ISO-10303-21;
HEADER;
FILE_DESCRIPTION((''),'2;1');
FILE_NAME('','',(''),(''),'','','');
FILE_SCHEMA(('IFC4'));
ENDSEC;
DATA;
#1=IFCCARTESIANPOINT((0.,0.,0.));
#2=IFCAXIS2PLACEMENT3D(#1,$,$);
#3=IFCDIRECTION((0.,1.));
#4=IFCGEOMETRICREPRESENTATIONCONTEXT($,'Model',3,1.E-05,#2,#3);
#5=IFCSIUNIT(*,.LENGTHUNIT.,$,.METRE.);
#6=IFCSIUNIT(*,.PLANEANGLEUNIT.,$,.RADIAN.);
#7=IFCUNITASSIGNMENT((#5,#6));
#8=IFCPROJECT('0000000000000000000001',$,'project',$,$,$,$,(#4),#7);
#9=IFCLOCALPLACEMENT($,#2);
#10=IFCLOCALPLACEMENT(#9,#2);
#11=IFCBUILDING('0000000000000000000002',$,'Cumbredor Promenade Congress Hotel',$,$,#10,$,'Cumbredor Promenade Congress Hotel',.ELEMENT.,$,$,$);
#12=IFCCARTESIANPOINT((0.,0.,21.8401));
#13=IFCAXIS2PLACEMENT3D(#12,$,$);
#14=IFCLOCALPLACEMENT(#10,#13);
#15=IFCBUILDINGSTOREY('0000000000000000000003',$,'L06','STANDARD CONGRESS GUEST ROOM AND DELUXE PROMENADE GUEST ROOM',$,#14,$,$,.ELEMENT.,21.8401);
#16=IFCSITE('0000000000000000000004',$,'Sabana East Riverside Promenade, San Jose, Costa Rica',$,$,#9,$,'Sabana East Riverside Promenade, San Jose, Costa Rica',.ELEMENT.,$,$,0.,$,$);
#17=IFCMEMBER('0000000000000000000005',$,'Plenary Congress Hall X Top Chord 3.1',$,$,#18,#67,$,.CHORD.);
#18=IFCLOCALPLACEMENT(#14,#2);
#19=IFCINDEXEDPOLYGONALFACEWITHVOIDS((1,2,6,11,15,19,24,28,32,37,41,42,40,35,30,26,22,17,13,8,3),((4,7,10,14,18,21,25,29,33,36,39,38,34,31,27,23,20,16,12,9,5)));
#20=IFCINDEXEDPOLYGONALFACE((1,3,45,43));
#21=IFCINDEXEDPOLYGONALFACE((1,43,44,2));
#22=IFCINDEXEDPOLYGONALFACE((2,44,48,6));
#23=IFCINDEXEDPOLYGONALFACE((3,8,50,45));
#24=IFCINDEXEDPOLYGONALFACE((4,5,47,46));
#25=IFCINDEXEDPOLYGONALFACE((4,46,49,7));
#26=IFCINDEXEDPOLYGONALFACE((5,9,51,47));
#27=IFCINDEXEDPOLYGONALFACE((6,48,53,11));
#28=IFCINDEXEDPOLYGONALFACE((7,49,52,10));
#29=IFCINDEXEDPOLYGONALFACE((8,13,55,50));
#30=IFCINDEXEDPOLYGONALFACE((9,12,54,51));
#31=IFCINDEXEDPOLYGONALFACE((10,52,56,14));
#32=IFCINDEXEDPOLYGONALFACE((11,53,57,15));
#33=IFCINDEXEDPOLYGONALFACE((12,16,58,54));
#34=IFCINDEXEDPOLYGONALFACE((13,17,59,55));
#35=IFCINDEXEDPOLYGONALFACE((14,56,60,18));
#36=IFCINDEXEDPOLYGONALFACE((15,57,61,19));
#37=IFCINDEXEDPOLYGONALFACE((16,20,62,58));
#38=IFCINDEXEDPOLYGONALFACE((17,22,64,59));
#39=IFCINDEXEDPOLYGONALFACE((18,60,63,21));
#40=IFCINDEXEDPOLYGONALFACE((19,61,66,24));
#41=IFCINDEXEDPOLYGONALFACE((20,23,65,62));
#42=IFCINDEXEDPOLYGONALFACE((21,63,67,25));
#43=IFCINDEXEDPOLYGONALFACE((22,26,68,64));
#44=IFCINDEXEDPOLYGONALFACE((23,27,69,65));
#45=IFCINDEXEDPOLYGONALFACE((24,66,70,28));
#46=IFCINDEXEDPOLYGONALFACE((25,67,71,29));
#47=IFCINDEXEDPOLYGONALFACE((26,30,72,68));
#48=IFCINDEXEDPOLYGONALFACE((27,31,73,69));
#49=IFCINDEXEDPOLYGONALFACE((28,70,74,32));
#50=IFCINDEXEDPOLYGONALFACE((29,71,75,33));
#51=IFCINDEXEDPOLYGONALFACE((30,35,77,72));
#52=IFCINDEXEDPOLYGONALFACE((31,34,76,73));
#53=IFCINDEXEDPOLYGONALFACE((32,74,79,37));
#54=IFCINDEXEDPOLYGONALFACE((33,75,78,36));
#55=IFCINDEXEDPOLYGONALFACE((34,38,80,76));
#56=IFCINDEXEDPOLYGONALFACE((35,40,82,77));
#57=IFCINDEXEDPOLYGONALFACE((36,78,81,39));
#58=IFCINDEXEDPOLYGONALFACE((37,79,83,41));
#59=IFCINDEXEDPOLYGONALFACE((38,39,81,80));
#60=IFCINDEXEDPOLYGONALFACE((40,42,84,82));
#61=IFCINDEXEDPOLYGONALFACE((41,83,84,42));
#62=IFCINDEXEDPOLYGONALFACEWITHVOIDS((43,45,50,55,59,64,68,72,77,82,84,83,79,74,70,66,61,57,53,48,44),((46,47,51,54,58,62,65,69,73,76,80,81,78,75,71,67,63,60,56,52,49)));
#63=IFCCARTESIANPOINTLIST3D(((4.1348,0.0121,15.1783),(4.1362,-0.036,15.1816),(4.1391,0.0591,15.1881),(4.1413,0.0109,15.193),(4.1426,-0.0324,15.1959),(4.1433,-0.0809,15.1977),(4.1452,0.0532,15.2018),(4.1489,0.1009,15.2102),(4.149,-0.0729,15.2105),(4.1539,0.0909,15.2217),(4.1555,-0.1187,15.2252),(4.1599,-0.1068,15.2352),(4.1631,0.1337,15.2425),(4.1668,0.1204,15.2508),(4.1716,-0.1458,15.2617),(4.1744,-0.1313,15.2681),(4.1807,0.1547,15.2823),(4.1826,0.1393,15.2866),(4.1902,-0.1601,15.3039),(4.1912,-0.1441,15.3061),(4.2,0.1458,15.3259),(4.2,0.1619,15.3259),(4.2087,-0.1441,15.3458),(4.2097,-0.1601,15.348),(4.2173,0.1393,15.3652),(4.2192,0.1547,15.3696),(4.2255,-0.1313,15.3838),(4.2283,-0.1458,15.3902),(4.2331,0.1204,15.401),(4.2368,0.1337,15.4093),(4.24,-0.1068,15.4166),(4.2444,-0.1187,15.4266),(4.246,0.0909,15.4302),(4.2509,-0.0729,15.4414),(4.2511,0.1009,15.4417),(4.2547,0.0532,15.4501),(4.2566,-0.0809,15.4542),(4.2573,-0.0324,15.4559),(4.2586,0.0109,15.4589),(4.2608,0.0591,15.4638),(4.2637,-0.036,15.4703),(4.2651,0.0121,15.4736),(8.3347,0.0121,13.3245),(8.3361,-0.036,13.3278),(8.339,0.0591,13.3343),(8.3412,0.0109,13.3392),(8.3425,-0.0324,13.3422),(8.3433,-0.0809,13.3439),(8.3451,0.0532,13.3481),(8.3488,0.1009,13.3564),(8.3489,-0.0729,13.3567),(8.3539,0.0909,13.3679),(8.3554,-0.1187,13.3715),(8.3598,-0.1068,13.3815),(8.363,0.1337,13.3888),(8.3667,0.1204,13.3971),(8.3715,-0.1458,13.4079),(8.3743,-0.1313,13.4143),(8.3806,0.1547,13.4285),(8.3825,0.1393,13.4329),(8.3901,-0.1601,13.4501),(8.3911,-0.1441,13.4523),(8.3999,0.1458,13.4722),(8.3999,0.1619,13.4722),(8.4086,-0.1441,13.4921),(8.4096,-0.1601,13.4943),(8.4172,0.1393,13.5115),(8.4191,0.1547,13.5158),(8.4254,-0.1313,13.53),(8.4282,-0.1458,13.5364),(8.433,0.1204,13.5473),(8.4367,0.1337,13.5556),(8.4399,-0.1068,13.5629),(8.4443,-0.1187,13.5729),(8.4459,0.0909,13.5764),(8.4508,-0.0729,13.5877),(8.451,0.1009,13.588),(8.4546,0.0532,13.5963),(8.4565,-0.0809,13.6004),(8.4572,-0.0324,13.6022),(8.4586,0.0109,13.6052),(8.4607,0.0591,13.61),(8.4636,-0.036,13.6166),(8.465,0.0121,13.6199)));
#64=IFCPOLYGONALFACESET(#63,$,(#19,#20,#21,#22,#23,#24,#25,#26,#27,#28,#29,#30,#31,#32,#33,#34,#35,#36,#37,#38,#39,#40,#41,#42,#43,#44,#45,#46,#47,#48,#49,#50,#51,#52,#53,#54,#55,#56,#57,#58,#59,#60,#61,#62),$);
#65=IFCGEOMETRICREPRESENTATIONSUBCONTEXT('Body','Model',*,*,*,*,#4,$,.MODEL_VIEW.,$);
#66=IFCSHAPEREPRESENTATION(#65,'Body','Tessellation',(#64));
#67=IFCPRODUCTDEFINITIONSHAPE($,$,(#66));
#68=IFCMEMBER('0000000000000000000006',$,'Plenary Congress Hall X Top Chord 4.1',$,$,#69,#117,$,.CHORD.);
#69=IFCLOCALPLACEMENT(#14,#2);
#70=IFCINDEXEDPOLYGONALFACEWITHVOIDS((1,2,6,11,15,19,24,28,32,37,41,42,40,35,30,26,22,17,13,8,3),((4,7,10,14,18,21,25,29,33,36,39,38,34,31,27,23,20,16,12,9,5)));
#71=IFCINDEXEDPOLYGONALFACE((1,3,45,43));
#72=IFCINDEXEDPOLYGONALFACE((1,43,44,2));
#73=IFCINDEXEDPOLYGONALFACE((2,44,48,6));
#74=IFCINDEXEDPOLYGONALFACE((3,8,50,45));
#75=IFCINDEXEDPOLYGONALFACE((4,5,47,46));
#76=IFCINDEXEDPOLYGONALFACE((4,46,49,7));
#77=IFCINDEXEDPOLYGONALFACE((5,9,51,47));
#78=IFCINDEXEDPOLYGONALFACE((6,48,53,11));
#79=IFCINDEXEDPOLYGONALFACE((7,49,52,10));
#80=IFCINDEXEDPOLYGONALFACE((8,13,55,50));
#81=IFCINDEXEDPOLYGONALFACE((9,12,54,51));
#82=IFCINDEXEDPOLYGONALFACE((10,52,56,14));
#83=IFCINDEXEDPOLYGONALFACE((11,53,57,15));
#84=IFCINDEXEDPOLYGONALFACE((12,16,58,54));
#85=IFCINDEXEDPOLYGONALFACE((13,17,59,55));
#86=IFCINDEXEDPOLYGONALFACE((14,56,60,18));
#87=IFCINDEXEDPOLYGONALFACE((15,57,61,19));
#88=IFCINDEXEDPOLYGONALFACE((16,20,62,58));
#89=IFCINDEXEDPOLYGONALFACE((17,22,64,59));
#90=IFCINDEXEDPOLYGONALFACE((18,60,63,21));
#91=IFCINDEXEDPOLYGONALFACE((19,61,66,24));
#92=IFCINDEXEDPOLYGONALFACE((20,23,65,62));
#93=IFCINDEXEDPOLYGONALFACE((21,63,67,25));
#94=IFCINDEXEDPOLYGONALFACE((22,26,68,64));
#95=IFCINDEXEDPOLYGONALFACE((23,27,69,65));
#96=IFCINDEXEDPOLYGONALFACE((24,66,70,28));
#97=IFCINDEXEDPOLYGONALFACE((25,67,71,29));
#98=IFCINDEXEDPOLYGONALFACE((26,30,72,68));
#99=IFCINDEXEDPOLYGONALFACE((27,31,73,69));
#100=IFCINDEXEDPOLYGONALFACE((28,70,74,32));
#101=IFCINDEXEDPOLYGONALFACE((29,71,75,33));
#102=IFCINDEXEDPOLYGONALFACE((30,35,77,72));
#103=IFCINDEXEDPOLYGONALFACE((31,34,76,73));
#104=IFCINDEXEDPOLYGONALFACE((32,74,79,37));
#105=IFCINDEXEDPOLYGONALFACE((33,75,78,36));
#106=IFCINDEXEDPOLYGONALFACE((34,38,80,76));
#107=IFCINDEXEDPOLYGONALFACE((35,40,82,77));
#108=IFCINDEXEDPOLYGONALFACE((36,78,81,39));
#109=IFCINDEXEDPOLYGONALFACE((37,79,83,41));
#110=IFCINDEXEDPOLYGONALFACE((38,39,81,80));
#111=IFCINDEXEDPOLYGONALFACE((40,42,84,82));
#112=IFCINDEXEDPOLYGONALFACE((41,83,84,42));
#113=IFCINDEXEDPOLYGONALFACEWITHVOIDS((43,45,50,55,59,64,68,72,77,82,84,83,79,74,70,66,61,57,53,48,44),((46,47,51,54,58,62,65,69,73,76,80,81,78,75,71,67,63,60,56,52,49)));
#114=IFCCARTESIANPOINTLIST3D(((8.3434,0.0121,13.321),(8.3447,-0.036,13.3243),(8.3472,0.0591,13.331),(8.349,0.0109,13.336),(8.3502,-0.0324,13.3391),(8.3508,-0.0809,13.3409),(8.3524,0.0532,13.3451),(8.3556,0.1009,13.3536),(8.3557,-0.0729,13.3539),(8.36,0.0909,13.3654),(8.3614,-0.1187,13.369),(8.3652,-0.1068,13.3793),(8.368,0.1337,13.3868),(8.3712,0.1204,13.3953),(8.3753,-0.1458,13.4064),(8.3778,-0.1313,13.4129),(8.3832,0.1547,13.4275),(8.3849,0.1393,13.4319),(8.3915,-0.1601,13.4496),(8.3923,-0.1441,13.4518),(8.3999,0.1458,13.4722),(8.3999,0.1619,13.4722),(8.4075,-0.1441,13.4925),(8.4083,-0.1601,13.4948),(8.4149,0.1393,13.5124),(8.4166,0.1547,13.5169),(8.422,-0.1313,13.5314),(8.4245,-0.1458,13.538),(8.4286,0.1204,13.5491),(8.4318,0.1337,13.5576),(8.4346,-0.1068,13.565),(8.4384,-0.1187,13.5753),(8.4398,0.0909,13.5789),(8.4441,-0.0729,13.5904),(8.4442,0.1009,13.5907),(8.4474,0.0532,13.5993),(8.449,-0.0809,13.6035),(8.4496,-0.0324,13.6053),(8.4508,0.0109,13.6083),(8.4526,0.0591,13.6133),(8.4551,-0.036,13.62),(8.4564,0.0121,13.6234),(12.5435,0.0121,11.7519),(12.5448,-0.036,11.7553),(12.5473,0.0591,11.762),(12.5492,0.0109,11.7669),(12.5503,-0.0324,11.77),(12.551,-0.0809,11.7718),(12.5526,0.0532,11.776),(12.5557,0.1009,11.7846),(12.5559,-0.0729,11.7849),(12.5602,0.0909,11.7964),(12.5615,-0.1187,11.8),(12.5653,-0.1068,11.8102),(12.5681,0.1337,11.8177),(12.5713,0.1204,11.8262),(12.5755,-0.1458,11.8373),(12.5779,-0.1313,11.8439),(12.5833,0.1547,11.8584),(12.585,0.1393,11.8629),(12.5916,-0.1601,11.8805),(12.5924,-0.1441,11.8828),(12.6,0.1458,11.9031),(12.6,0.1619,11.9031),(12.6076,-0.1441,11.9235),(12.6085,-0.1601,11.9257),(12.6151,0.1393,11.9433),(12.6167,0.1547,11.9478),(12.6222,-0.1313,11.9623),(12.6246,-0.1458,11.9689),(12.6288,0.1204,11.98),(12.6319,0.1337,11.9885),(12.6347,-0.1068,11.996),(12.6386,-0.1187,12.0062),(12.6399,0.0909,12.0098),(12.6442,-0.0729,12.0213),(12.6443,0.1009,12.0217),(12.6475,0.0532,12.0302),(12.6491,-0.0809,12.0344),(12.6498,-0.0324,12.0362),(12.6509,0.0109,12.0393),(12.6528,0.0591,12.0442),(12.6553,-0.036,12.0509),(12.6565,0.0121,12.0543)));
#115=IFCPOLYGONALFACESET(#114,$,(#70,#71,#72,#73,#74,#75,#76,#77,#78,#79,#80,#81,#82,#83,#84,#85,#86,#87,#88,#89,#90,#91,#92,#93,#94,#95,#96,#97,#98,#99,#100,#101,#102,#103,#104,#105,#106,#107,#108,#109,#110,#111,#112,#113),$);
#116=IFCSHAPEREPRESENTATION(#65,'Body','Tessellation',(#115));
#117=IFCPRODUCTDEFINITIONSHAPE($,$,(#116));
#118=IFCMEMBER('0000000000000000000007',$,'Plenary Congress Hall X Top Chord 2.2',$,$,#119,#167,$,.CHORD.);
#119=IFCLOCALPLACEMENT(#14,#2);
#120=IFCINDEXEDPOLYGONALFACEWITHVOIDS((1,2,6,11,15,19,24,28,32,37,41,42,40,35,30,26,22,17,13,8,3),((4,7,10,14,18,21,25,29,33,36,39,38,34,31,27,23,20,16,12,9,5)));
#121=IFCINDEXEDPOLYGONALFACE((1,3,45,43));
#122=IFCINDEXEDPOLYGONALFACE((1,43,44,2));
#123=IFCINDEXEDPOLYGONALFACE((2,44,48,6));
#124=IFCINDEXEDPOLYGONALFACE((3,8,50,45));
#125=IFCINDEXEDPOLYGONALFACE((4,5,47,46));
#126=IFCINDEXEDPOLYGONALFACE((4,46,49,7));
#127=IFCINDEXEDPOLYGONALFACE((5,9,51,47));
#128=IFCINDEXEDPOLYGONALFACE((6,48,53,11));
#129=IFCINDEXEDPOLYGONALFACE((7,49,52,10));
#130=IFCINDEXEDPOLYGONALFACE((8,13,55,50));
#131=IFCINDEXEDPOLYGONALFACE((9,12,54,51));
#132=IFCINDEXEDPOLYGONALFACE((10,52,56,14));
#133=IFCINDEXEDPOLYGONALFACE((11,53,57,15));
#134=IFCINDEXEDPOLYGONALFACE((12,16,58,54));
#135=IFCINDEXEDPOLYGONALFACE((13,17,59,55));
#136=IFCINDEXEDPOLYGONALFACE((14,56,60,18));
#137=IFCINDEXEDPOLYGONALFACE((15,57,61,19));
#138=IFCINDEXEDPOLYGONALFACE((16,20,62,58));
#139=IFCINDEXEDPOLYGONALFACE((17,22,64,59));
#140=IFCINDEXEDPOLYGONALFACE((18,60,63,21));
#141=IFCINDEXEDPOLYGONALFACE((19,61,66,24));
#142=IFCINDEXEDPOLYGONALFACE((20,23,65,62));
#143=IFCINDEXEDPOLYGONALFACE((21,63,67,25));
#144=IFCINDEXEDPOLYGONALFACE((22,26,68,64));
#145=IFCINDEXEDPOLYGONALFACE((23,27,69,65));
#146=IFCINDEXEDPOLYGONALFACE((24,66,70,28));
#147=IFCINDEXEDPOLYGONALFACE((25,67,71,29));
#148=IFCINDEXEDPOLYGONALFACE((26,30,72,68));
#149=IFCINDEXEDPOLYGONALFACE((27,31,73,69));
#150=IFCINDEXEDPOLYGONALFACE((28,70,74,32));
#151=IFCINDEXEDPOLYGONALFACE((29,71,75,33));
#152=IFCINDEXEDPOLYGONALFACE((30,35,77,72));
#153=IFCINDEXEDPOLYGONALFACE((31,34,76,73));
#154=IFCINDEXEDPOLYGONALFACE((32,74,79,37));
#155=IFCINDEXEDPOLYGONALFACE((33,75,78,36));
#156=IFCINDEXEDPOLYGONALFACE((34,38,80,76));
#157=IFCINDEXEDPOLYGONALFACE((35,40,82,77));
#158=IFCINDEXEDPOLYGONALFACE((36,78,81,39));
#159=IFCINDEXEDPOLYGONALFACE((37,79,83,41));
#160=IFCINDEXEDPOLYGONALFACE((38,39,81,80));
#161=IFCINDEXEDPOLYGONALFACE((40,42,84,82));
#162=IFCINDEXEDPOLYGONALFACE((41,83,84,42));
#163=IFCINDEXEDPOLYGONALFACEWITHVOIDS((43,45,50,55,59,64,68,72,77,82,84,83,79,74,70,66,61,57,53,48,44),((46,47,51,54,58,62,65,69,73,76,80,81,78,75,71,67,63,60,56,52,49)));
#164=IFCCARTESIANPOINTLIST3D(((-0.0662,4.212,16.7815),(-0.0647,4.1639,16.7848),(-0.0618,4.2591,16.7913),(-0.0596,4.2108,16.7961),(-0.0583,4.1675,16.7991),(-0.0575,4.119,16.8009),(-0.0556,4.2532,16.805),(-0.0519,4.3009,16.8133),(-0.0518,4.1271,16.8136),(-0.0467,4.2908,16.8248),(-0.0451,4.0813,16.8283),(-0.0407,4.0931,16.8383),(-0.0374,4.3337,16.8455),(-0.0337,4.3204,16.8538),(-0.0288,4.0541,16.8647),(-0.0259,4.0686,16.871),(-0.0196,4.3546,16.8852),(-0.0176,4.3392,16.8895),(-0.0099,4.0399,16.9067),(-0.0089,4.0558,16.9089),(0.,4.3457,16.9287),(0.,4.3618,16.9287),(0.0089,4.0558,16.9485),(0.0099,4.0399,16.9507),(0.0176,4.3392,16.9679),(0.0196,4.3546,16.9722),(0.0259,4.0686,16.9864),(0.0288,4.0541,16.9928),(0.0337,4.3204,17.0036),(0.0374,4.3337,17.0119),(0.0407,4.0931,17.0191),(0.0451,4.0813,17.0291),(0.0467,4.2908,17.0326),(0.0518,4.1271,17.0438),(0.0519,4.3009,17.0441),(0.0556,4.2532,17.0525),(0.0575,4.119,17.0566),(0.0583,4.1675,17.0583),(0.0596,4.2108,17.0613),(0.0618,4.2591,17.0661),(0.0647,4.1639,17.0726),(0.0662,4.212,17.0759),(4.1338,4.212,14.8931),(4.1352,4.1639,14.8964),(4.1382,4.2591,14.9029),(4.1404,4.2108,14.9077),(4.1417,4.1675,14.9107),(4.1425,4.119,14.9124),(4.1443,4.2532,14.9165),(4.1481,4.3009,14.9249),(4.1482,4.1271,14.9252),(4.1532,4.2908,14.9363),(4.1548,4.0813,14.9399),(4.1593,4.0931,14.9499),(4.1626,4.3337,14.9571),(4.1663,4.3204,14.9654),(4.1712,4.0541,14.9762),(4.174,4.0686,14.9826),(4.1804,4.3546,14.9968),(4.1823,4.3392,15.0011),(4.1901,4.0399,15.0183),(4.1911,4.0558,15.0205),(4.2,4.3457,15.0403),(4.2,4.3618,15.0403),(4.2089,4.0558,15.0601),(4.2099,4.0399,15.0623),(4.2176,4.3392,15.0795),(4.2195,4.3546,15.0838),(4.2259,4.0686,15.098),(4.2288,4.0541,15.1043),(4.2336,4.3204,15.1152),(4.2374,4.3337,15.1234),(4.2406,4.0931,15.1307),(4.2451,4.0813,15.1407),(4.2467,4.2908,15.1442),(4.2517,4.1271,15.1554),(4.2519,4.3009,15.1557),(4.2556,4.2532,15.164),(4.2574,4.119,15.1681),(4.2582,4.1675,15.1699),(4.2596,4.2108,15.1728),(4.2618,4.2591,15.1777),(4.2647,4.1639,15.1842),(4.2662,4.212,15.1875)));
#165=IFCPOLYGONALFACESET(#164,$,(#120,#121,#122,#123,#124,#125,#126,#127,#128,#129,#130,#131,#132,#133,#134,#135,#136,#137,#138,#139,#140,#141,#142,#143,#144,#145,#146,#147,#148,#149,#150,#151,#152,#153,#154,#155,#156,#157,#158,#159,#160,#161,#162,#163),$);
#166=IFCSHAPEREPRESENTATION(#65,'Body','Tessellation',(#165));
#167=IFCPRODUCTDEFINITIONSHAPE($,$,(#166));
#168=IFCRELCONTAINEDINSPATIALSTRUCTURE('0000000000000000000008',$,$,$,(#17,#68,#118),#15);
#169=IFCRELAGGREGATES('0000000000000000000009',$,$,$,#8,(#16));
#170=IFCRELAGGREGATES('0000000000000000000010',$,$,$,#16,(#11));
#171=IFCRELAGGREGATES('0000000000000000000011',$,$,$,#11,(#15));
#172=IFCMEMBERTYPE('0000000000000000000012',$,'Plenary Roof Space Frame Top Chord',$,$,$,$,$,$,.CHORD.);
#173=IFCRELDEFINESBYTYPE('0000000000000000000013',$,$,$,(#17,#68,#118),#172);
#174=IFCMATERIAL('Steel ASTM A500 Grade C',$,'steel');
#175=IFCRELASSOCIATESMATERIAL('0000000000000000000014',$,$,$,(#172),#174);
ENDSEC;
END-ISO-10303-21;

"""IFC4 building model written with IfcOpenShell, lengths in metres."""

from ifc_helpers import new_model, si_unit, direction, frame, origin, origin_2d, place, context, subcontext, project, spatial, hollow_circle, extrude, material, material_profile, profile_set, type_object, element, save


model = new_model("IFC4")

# Units and contexts
model_context = context("Model", 3, precision=1e-05, world=origin(), true_north=direction((0.0, 1.0)))
body_context = subcontext(model_context, "Body", "Model", "MODEL_VIEW")
ifc_project = project(units=[si_unit("LENGTHUNIT", "METRE"), si_unit("PLANEANGLEUNIT", "RADIAN")], contexts=[model_context])

# Site, building, storey
site_placement = place(None, origin())
site = spatial("IfcSite", under=ifc_project, at=site_placement, Name="Sabana East Riverside Promenade, San Jose, Costa Rica", LongName="Sabana East Riverside Promenade, San Jose, Costa Rica", CompositionType="ELEMENT", RefElevation=0.0)
building_placement = place(site_placement, origin())
building = spatial("IfcBuilding", under=site, at=building_placement, Name="Cumbredor Promenade Congress Hotel", LongName="Cumbredor Promenade Congress Hotel", CompositionType="ELEMENT")
storey_placement = place(building_placement, frame((0.0, 0.0, 21.8401)))
storey = spatial("IfcBuildingStorey", under=building, at=storey_placement, Name="L06", Description="STANDARD CONGRESS GUEST ROOM AND DELUXE PROMENADE GUEST ROOM", CompositionType="ELEMENT", Elevation=21.8401)

# Members
ifc_material_1 = material(Name="Steel ASTM A500 Grade C", Category="steel")
ifc_material_profile_1 = material_profile(ifc_material_1, hollow_circle(Radius=0.1619, WallThickness=0.0161, at=origin_2d()), Name="CHS 323.9x16")
ifc_profile_set_1 = profile_set([ifc_material_profile_1], Name="Steel ASTM A500 Grade C")
member_type_1 = type_object("IfcMemberType", Name="Plenary Roof Space Frame Top Chord", PredefinedType="CHORD", material=ifc_profile_set_1)
member_1_placement = place(storey_placement, frame((4.2, 0.0, 15.3259), z_axis=(0.91485, 0.0, -0.403793), x_axis=(0.0, 1.0, 0.0)))
element("IfcMember", 1, at=member_1_placement, inside=storey, type_object=member_type_1, Name="Plenary Congress Hall X Top Chord 3.1", PredefinedType="CHORD", context=body_context, shape_type="SweptSolid", body=[
    extrude(hollow_circle(Radius=0.1619, WallThickness=0.0161, at=origin_2d()), origin(), (0.0, 0.0, 1.0), 4.5908),
])
member_2_placement = place(storey_placement, frame((8.3999, 0.0, 13.4722), z_axis=(0.936767, 0.0, -0.349954), x_axis=(0.0, 1.0, 0.0)))
element("IfcMember", 2, at=member_2_placement, inside=storey, type_object=member_type_1, Name="Plenary Congress Hall X Top Chord 4.1", PredefinedType="CHORD", context=body_context, shape_type="SweptSolid", body=[
    extrude(hollow_circle(Radius=0.1619, WallThickness=0.0161, at=origin_2d()), origin(), (0.0, 0.0, 1.0), 4.4836),
])
member_3_placement = place(storey_placement, frame((0.0, 4.2, 16.9287), z_axis=(0.912047, 0.0, -0.410085), x_axis=(0.0, 1.0, 0.0)))
element("IfcMember", 3, at=member_3_placement, inside=storey, type_object=member_type_1, Name="Plenary Congress Hall X Top Chord 2.2", PredefinedType="CHORD", context=body_context, shape_type="SweptSolid", body=[
    extrude(hollow_circle(Radius=0.1619, WallThickness=0.0161, at=origin_2d()), origin(), (0.0, 0.0, 1.0), 4.605),
])

save(model, "model.ifc")
